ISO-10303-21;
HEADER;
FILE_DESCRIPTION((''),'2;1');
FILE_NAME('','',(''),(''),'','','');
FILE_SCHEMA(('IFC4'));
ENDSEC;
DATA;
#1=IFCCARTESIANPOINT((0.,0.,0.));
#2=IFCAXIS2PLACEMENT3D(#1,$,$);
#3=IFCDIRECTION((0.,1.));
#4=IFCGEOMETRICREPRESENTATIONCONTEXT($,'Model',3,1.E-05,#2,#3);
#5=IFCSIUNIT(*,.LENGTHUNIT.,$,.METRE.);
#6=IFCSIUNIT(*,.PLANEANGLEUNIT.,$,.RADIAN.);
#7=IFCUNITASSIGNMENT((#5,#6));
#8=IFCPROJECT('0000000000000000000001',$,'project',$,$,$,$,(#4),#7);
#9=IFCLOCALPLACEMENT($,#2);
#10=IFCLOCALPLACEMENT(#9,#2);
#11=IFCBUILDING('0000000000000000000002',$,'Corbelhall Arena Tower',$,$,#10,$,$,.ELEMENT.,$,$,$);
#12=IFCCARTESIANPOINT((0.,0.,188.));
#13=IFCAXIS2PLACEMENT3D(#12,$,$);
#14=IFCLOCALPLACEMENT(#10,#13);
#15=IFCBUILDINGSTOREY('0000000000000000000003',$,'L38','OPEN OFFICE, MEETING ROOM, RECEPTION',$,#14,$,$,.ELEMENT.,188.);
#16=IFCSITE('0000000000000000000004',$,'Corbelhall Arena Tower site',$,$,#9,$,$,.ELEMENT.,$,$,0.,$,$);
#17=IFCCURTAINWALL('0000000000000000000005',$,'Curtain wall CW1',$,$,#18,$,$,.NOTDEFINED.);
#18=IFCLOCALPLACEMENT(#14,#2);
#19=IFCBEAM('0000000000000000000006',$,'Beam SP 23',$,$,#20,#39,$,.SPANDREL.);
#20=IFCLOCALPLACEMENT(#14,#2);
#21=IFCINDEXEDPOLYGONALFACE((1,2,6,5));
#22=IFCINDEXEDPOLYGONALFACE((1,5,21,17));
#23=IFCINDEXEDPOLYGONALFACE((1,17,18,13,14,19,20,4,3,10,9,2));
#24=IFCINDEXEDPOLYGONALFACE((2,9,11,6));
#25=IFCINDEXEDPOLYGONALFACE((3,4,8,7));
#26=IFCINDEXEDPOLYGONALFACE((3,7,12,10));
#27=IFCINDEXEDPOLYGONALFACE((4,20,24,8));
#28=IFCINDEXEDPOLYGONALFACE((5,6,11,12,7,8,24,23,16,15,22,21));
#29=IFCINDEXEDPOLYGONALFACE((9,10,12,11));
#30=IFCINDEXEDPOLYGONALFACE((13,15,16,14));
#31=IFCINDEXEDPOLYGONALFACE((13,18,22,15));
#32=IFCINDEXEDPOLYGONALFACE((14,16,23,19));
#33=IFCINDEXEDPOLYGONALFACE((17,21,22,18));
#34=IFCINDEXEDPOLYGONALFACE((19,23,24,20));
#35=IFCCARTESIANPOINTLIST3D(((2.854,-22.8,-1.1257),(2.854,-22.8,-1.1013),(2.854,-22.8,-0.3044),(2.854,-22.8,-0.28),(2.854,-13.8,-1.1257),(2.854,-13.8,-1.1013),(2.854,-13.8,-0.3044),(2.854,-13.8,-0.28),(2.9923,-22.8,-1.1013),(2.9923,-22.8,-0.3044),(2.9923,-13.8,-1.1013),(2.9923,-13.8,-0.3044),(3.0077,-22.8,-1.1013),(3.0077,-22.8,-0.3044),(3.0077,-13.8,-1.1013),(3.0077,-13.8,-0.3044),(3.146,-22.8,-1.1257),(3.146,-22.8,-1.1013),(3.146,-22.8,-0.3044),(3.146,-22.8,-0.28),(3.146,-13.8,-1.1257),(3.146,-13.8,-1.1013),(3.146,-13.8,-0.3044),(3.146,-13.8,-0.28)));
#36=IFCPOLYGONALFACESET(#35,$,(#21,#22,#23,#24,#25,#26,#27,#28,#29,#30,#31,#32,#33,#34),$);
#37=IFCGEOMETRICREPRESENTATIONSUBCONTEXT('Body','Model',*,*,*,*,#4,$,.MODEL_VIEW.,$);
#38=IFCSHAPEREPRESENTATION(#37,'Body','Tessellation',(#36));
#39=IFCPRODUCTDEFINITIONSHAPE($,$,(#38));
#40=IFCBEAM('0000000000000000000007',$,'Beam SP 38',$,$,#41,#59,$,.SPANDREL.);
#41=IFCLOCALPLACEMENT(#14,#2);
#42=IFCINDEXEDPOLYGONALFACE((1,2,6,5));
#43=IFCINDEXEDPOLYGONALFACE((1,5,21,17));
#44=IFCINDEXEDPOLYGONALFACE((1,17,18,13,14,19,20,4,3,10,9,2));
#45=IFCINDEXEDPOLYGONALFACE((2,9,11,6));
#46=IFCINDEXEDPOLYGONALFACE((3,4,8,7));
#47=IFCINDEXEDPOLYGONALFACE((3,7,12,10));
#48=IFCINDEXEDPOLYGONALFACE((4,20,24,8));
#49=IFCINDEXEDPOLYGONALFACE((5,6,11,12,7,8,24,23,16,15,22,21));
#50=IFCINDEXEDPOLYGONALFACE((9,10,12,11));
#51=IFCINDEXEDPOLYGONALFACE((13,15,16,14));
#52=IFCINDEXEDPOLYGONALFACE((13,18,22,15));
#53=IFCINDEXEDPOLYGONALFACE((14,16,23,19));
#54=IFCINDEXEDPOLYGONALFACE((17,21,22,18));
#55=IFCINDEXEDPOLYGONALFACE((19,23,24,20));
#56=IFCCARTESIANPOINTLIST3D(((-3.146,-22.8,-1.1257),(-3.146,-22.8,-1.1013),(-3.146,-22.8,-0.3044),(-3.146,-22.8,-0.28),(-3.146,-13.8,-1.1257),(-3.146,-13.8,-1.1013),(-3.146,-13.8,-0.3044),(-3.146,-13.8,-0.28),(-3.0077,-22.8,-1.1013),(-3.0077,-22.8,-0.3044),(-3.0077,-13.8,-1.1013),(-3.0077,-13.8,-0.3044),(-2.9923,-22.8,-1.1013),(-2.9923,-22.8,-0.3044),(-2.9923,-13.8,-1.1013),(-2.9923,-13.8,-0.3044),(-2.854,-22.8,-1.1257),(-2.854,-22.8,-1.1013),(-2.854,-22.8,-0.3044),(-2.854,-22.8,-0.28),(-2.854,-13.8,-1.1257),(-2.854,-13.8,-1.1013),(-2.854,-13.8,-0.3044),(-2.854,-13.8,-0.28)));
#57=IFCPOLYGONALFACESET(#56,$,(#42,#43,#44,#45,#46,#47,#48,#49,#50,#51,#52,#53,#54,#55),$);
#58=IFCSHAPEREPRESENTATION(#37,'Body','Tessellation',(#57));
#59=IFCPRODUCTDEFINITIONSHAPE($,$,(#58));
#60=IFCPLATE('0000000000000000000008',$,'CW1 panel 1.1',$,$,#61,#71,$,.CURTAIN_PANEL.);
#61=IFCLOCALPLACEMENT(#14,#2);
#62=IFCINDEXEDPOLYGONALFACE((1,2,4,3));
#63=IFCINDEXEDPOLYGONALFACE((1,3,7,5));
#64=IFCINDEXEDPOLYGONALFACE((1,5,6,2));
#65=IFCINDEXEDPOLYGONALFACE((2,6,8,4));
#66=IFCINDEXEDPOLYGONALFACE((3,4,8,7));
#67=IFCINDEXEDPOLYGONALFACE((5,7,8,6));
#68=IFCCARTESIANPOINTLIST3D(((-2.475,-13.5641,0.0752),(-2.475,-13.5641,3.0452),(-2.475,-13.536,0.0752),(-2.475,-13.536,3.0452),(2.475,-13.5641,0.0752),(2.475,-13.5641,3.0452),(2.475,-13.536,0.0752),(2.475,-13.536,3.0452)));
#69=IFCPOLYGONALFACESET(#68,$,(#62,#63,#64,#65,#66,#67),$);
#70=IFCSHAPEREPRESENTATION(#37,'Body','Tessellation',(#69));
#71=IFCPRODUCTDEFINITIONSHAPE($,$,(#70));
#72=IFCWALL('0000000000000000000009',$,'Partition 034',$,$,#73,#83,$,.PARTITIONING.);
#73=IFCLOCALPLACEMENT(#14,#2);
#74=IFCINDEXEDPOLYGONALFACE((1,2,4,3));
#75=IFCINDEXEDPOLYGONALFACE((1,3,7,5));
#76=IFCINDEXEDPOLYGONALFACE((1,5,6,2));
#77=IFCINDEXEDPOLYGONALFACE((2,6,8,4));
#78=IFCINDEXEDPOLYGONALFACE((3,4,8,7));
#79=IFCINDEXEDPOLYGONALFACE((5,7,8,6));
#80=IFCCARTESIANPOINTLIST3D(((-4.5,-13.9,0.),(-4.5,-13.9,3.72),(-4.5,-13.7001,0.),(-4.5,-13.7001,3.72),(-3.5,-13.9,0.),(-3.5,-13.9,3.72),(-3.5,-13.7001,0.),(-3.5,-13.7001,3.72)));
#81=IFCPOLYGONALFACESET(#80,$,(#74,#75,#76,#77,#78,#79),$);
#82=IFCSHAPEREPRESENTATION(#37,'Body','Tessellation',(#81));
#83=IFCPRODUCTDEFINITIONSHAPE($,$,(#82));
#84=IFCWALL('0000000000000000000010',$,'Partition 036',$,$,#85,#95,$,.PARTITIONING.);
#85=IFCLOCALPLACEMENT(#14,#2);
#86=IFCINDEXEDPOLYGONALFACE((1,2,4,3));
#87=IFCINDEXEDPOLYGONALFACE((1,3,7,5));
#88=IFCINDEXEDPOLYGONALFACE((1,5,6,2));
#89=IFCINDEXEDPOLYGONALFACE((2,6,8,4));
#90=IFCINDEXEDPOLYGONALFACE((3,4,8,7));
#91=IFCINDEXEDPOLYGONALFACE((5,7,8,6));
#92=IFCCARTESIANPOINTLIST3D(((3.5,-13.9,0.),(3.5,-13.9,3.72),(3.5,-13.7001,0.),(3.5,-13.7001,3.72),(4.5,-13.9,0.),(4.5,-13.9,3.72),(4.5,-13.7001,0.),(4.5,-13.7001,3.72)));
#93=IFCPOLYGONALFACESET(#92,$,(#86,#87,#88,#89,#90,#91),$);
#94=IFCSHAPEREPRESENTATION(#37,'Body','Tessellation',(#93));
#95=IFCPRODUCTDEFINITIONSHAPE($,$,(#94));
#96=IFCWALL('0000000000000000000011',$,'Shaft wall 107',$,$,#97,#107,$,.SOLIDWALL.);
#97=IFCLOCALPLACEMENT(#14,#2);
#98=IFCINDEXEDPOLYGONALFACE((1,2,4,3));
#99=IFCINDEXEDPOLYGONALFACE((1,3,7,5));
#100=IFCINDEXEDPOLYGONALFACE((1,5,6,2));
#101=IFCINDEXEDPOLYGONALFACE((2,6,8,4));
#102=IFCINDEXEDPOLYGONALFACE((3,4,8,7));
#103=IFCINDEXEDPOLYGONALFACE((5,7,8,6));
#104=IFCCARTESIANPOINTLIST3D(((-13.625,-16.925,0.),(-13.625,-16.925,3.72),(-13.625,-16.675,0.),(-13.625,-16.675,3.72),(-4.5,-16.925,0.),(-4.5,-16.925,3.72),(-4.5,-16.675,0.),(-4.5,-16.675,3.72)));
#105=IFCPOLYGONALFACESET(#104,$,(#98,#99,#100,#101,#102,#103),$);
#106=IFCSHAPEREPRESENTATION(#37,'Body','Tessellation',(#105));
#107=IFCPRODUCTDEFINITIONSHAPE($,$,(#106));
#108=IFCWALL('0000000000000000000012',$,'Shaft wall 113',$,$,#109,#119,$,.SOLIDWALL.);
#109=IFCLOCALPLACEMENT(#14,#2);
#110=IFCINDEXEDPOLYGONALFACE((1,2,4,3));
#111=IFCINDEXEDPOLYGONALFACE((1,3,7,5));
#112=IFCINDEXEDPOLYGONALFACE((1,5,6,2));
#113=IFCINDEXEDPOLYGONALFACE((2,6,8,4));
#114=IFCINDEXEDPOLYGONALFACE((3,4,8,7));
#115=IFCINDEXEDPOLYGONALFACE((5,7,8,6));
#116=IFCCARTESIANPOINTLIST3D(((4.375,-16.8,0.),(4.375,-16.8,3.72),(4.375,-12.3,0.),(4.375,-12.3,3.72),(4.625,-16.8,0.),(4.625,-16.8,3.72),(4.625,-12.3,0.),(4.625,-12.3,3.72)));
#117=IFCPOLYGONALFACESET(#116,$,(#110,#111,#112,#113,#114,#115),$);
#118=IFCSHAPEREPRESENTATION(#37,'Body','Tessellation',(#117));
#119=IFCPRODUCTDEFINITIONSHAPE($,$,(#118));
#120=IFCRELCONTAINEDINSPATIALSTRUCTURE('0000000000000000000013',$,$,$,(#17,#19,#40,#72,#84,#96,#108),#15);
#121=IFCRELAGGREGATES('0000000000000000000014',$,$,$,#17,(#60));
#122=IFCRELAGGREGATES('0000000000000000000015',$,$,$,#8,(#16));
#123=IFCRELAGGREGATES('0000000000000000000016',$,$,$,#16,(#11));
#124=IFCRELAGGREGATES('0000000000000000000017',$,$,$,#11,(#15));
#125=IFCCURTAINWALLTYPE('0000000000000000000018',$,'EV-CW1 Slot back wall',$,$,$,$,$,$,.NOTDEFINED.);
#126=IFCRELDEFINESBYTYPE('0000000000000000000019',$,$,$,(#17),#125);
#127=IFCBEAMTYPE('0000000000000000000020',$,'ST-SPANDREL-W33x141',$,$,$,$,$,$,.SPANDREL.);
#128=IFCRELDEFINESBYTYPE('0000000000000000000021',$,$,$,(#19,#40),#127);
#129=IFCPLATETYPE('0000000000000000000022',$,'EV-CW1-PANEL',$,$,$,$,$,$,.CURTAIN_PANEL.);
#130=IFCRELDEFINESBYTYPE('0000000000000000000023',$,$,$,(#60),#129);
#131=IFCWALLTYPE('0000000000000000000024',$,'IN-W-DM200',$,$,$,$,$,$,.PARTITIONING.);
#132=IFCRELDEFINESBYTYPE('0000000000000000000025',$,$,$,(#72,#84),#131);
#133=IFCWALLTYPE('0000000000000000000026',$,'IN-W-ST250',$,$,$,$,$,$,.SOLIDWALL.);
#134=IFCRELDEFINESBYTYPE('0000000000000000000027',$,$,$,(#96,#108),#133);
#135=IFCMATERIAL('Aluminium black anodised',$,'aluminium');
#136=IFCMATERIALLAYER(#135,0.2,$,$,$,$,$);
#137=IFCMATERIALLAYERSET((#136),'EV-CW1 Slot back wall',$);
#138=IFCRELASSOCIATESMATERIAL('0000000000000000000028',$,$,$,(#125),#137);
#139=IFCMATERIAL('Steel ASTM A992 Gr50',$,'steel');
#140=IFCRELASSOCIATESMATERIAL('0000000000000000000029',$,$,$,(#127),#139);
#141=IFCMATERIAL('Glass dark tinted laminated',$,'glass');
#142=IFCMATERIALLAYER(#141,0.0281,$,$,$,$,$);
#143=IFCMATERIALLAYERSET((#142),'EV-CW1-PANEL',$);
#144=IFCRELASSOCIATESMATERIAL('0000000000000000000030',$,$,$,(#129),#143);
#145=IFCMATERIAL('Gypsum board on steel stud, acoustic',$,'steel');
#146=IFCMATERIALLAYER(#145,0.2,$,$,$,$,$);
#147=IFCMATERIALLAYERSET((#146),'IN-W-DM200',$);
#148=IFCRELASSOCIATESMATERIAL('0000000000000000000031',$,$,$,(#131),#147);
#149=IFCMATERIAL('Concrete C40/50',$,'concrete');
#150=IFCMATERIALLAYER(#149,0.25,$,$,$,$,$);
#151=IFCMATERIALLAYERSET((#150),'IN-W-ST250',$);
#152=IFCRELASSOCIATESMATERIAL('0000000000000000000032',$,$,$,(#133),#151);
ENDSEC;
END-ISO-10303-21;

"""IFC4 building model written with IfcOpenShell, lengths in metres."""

from ifc_helpers import new_model, si_unit, direction, frame, frame_2d, origin, origin_2d, place, context, subcontext, project, spatial, rectangle, i_section, extrude, material, layer, layer_set, material_profile, profile_set, type_object, element, aggregate, save


model = new_model("IFC4")

# Units and contexts
model_context = context("Model", 3, precision=1e-05, world=origin(), true_north=direction((0.0, 1.0)))
body_context = subcontext(model_context, "Body", "Model", "MODEL_VIEW")
ifc_project = project(units=[si_unit("LENGTHUNIT", "METRE"), si_unit("PLANEANGLEUNIT", "RADIAN")], contexts=[model_context])

# Site, building, storey
site_placement = place(None, origin())
site = spatial("IfcSite", under=ifc_project, at=site_placement, Name="Corbelhall Arena Tower site", CompositionType="ELEMENT", RefElevation=0.0)
building_placement = place(site_placement, origin())
building = spatial("IfcBuilding", under=site, at=building_placement, Name="Corbelhall Arena Tower", CompositionType="ELEMENT")
storey_placement = place(building_placement, frame((0.0, 0.0, 188.0)))
storey = spatial("IfcBuildingStorey", under=building, at=storey_placement, Name="L38", Description="OPEN OFFICE, MEETING ROOM, RECEPTION", CompositionType="ELEMENT", Elevation=188.0)

# Curtain wall
ifc_material_1 = material(Name="Aluminium black anodised", Category="aluminium")
ifc_layer_1 = layer(ifc_material_1, 0.2)
ifc_layer_set_1 = layer_set([ifc_layer_1], Name="EV-CW1 Slot back wall")
curtain_wall_type = type_object("IfcCurtainWallType", Name="EV-CW1 Slot back wall", PredefinedType="NOTDEFINED", material=ifc_layer_set_1)
curtain_wall_placement = place(storey_placement, origin())
curtain_wall = element("IfcCurtainWall", 1, at=curtain_wall_placement, inside=storey, type_object=curtain_wall_type, Name="Curtain wall CW1", PredefinedType="NOTDEFINED")

# Beams
ifc_material_2 = material(Name="Steel ASTM A992 Gr50", Category="steel")
ifc_material_profile_1 = material_profile(ifc_material_2, i_section(OverallWidth=0.292, OverallDepth=0.8457, WebThickness=0.0154, FlangeThickness=0.0244, at=origin_2d()))
ifc_profile_set_1 = profile_set([ifc_material_profile_1], Name="Steel ASTM A992 Gr50")
beam_type_1 = type_object("IfcBeamType", Name="ST-SPANDREL-W33x141", PredefinedType="SPANDREL", material=ifc_profile_set_1)
for number, where, z_axis, x_axis, name in (
    (2, (3.0, -22.8, -0.7029), (0.0, 1.0, 0.0), (-1.0, 0.0, 0.0), "Beam SP 23"),
    (3, (-3.0, -13.8, -0.7029), (0.0, -1.0, 0.0), (1.0, 0.0, 0.0), "Beam SP 38"),
):
    element("IfcBeam", number, at=place(storey_placement, frame(where, z_axis=z_axis, x_axis=x_axis)), inside=storey, type_object=beam_type_1, Name=name, PredefinedType="SPANDREL", context=body_context, shape_type="SweptSolid", body=[
        extrude(i_section(OverallWidth=0.292, OverallDepth=0.8457, WebThickness=0.0154, FlangeThickness=0.0244, at=origin_2d()), origin(), (0.0, 0.0, 1.0), 9.0),
    ])

# Plate
ifc_material_3 = material(Name="Glass dark tinted laminated", Category="glass")
ifc_layer_2 = layer(ifc_material_3, 0.0281)
ifc_layer_set_2 = layer_set([ifc_layer_2], Name="EV-CW1-PANEL")
plate_type = type_object("IfcPlateType", Name="EV-CW1-PANEL", PredefinedType="CURTAIN_PANEL", material=ifc_layer_set_2)
plate_placement = place(storey_placement, frame((0.0, -13.55, 0.0752), z_axis=(0.0, 0.0, 1.0), x_axis=(1.0, 0.0, 0.0)))
plate = element("IfcPlate", 4, at=plate_placement, type_object=plate_type, Name="CW1 panel 1.1", PredefinedType="CURTAIN_PANEL", context=body_context, shape_type="SweptSolid", body=[
    extrude(rectangle(XDim=4.95, YDim=0.0281, at=origin_2d()), origin(), (0.0, 0.0, 1.0), 2.97),
])
aggregate(curtain_wall, [plate])

# Walls
ifc_material_4 = material(Name="Gypsum board on steel stud, acoustic", Category="steel")
ifc_layer_3 = layer(ifc_material_4, 0.2)
ifc_layer_set_3 = layer_set([ifc_layer_3], Name="IN-W-DM200")
wall_type_1 = type_object("IfcWallType", Name="IN-W-DM200", PredefinedType="PARTITIONING", material=ifc_layer_set_3)
for number, where, z_axis, x_axis, name in (
    (5, (-3.5, -13.8, 0.0), (0.0, 0.0, 1.0), (-1.0, 0.0, 0.0), "Partition 034"),
    (6, (4.5, -13.8, 0.0), (0.0, 0.0, 1.0), (-1.0, 0.0, 0.0), "Partition 036"),
):
    element("IfcWall", number, at=place(storey_placement, frame(where, z_axis=z_axis, x_axis=x_axis)), inside=storey, type_object=wall_type_1, Name=name, PredefinedType="PARTITIONING", context=body_context, shape_type="SweptSolid", body=[
        extrude(rectangle(XDim=1.0, YDim=0.2, at=frame_2d((0.5, 0.0))), origin(), (0.0, 0.0, 1.0), 3.72),
    ])
ifc_material_5 = material(Name="Concrete C40/50", Category="concrete")
ifc_layer_4 = layer(ifc_material_5, 0.25)
ifc_layer_set_4 = layer_set([ifc_layer_4], Name="IN-W-ST250")
wall_type_2 = type_object("IfcWallType", Name="IN-W-ST250", PredefinedType="SOLIDWALL", material=ifc_layer_set_4)
wall_1_placement = place(storey_placement, frame((-4.5, -16.8, 0.0), z_axis=(0.0, 0.0, 1.0), x_axis=(-1.0, 0.0, 0.0)))
element("IfcWall", 7, at=wall_1_placement, inside=storey, type_object=wall_type_2, Name="Shaft wall 107", PredefinedType="SOLIDWALL", context=body_context, shape_type="SweptSolid", body=[
    extrude(rectangle(XDim=9.125, YDim=0.25, at=frame_2d((4.5625, 0.0))), origin(), (0.0, 0.0, 1.0), 3.72),
])
wall_2_placement = place(storey_placement, frame((4.5, -16.8, 0.0), z_axis=(0.0, 0.0, 1.0), x_axis=(0.0, 1.0, 0.0)))
element("IfcWall", 8, at=wall_2_placement, inside=storey, type_object=wall_type_2, Name="Shaft wall 113", PredefinedType="SOLIDWALL", context=body_context, shape_type="SweptSolid", body=[
    extrude(rectangle(XDim=4.5, YDim=0.25, at=frame_2d((2.25, 0.0))), origin(), (0.0, 0.0, 1.0), 3.72),
])

save(model, "model.ifc")
